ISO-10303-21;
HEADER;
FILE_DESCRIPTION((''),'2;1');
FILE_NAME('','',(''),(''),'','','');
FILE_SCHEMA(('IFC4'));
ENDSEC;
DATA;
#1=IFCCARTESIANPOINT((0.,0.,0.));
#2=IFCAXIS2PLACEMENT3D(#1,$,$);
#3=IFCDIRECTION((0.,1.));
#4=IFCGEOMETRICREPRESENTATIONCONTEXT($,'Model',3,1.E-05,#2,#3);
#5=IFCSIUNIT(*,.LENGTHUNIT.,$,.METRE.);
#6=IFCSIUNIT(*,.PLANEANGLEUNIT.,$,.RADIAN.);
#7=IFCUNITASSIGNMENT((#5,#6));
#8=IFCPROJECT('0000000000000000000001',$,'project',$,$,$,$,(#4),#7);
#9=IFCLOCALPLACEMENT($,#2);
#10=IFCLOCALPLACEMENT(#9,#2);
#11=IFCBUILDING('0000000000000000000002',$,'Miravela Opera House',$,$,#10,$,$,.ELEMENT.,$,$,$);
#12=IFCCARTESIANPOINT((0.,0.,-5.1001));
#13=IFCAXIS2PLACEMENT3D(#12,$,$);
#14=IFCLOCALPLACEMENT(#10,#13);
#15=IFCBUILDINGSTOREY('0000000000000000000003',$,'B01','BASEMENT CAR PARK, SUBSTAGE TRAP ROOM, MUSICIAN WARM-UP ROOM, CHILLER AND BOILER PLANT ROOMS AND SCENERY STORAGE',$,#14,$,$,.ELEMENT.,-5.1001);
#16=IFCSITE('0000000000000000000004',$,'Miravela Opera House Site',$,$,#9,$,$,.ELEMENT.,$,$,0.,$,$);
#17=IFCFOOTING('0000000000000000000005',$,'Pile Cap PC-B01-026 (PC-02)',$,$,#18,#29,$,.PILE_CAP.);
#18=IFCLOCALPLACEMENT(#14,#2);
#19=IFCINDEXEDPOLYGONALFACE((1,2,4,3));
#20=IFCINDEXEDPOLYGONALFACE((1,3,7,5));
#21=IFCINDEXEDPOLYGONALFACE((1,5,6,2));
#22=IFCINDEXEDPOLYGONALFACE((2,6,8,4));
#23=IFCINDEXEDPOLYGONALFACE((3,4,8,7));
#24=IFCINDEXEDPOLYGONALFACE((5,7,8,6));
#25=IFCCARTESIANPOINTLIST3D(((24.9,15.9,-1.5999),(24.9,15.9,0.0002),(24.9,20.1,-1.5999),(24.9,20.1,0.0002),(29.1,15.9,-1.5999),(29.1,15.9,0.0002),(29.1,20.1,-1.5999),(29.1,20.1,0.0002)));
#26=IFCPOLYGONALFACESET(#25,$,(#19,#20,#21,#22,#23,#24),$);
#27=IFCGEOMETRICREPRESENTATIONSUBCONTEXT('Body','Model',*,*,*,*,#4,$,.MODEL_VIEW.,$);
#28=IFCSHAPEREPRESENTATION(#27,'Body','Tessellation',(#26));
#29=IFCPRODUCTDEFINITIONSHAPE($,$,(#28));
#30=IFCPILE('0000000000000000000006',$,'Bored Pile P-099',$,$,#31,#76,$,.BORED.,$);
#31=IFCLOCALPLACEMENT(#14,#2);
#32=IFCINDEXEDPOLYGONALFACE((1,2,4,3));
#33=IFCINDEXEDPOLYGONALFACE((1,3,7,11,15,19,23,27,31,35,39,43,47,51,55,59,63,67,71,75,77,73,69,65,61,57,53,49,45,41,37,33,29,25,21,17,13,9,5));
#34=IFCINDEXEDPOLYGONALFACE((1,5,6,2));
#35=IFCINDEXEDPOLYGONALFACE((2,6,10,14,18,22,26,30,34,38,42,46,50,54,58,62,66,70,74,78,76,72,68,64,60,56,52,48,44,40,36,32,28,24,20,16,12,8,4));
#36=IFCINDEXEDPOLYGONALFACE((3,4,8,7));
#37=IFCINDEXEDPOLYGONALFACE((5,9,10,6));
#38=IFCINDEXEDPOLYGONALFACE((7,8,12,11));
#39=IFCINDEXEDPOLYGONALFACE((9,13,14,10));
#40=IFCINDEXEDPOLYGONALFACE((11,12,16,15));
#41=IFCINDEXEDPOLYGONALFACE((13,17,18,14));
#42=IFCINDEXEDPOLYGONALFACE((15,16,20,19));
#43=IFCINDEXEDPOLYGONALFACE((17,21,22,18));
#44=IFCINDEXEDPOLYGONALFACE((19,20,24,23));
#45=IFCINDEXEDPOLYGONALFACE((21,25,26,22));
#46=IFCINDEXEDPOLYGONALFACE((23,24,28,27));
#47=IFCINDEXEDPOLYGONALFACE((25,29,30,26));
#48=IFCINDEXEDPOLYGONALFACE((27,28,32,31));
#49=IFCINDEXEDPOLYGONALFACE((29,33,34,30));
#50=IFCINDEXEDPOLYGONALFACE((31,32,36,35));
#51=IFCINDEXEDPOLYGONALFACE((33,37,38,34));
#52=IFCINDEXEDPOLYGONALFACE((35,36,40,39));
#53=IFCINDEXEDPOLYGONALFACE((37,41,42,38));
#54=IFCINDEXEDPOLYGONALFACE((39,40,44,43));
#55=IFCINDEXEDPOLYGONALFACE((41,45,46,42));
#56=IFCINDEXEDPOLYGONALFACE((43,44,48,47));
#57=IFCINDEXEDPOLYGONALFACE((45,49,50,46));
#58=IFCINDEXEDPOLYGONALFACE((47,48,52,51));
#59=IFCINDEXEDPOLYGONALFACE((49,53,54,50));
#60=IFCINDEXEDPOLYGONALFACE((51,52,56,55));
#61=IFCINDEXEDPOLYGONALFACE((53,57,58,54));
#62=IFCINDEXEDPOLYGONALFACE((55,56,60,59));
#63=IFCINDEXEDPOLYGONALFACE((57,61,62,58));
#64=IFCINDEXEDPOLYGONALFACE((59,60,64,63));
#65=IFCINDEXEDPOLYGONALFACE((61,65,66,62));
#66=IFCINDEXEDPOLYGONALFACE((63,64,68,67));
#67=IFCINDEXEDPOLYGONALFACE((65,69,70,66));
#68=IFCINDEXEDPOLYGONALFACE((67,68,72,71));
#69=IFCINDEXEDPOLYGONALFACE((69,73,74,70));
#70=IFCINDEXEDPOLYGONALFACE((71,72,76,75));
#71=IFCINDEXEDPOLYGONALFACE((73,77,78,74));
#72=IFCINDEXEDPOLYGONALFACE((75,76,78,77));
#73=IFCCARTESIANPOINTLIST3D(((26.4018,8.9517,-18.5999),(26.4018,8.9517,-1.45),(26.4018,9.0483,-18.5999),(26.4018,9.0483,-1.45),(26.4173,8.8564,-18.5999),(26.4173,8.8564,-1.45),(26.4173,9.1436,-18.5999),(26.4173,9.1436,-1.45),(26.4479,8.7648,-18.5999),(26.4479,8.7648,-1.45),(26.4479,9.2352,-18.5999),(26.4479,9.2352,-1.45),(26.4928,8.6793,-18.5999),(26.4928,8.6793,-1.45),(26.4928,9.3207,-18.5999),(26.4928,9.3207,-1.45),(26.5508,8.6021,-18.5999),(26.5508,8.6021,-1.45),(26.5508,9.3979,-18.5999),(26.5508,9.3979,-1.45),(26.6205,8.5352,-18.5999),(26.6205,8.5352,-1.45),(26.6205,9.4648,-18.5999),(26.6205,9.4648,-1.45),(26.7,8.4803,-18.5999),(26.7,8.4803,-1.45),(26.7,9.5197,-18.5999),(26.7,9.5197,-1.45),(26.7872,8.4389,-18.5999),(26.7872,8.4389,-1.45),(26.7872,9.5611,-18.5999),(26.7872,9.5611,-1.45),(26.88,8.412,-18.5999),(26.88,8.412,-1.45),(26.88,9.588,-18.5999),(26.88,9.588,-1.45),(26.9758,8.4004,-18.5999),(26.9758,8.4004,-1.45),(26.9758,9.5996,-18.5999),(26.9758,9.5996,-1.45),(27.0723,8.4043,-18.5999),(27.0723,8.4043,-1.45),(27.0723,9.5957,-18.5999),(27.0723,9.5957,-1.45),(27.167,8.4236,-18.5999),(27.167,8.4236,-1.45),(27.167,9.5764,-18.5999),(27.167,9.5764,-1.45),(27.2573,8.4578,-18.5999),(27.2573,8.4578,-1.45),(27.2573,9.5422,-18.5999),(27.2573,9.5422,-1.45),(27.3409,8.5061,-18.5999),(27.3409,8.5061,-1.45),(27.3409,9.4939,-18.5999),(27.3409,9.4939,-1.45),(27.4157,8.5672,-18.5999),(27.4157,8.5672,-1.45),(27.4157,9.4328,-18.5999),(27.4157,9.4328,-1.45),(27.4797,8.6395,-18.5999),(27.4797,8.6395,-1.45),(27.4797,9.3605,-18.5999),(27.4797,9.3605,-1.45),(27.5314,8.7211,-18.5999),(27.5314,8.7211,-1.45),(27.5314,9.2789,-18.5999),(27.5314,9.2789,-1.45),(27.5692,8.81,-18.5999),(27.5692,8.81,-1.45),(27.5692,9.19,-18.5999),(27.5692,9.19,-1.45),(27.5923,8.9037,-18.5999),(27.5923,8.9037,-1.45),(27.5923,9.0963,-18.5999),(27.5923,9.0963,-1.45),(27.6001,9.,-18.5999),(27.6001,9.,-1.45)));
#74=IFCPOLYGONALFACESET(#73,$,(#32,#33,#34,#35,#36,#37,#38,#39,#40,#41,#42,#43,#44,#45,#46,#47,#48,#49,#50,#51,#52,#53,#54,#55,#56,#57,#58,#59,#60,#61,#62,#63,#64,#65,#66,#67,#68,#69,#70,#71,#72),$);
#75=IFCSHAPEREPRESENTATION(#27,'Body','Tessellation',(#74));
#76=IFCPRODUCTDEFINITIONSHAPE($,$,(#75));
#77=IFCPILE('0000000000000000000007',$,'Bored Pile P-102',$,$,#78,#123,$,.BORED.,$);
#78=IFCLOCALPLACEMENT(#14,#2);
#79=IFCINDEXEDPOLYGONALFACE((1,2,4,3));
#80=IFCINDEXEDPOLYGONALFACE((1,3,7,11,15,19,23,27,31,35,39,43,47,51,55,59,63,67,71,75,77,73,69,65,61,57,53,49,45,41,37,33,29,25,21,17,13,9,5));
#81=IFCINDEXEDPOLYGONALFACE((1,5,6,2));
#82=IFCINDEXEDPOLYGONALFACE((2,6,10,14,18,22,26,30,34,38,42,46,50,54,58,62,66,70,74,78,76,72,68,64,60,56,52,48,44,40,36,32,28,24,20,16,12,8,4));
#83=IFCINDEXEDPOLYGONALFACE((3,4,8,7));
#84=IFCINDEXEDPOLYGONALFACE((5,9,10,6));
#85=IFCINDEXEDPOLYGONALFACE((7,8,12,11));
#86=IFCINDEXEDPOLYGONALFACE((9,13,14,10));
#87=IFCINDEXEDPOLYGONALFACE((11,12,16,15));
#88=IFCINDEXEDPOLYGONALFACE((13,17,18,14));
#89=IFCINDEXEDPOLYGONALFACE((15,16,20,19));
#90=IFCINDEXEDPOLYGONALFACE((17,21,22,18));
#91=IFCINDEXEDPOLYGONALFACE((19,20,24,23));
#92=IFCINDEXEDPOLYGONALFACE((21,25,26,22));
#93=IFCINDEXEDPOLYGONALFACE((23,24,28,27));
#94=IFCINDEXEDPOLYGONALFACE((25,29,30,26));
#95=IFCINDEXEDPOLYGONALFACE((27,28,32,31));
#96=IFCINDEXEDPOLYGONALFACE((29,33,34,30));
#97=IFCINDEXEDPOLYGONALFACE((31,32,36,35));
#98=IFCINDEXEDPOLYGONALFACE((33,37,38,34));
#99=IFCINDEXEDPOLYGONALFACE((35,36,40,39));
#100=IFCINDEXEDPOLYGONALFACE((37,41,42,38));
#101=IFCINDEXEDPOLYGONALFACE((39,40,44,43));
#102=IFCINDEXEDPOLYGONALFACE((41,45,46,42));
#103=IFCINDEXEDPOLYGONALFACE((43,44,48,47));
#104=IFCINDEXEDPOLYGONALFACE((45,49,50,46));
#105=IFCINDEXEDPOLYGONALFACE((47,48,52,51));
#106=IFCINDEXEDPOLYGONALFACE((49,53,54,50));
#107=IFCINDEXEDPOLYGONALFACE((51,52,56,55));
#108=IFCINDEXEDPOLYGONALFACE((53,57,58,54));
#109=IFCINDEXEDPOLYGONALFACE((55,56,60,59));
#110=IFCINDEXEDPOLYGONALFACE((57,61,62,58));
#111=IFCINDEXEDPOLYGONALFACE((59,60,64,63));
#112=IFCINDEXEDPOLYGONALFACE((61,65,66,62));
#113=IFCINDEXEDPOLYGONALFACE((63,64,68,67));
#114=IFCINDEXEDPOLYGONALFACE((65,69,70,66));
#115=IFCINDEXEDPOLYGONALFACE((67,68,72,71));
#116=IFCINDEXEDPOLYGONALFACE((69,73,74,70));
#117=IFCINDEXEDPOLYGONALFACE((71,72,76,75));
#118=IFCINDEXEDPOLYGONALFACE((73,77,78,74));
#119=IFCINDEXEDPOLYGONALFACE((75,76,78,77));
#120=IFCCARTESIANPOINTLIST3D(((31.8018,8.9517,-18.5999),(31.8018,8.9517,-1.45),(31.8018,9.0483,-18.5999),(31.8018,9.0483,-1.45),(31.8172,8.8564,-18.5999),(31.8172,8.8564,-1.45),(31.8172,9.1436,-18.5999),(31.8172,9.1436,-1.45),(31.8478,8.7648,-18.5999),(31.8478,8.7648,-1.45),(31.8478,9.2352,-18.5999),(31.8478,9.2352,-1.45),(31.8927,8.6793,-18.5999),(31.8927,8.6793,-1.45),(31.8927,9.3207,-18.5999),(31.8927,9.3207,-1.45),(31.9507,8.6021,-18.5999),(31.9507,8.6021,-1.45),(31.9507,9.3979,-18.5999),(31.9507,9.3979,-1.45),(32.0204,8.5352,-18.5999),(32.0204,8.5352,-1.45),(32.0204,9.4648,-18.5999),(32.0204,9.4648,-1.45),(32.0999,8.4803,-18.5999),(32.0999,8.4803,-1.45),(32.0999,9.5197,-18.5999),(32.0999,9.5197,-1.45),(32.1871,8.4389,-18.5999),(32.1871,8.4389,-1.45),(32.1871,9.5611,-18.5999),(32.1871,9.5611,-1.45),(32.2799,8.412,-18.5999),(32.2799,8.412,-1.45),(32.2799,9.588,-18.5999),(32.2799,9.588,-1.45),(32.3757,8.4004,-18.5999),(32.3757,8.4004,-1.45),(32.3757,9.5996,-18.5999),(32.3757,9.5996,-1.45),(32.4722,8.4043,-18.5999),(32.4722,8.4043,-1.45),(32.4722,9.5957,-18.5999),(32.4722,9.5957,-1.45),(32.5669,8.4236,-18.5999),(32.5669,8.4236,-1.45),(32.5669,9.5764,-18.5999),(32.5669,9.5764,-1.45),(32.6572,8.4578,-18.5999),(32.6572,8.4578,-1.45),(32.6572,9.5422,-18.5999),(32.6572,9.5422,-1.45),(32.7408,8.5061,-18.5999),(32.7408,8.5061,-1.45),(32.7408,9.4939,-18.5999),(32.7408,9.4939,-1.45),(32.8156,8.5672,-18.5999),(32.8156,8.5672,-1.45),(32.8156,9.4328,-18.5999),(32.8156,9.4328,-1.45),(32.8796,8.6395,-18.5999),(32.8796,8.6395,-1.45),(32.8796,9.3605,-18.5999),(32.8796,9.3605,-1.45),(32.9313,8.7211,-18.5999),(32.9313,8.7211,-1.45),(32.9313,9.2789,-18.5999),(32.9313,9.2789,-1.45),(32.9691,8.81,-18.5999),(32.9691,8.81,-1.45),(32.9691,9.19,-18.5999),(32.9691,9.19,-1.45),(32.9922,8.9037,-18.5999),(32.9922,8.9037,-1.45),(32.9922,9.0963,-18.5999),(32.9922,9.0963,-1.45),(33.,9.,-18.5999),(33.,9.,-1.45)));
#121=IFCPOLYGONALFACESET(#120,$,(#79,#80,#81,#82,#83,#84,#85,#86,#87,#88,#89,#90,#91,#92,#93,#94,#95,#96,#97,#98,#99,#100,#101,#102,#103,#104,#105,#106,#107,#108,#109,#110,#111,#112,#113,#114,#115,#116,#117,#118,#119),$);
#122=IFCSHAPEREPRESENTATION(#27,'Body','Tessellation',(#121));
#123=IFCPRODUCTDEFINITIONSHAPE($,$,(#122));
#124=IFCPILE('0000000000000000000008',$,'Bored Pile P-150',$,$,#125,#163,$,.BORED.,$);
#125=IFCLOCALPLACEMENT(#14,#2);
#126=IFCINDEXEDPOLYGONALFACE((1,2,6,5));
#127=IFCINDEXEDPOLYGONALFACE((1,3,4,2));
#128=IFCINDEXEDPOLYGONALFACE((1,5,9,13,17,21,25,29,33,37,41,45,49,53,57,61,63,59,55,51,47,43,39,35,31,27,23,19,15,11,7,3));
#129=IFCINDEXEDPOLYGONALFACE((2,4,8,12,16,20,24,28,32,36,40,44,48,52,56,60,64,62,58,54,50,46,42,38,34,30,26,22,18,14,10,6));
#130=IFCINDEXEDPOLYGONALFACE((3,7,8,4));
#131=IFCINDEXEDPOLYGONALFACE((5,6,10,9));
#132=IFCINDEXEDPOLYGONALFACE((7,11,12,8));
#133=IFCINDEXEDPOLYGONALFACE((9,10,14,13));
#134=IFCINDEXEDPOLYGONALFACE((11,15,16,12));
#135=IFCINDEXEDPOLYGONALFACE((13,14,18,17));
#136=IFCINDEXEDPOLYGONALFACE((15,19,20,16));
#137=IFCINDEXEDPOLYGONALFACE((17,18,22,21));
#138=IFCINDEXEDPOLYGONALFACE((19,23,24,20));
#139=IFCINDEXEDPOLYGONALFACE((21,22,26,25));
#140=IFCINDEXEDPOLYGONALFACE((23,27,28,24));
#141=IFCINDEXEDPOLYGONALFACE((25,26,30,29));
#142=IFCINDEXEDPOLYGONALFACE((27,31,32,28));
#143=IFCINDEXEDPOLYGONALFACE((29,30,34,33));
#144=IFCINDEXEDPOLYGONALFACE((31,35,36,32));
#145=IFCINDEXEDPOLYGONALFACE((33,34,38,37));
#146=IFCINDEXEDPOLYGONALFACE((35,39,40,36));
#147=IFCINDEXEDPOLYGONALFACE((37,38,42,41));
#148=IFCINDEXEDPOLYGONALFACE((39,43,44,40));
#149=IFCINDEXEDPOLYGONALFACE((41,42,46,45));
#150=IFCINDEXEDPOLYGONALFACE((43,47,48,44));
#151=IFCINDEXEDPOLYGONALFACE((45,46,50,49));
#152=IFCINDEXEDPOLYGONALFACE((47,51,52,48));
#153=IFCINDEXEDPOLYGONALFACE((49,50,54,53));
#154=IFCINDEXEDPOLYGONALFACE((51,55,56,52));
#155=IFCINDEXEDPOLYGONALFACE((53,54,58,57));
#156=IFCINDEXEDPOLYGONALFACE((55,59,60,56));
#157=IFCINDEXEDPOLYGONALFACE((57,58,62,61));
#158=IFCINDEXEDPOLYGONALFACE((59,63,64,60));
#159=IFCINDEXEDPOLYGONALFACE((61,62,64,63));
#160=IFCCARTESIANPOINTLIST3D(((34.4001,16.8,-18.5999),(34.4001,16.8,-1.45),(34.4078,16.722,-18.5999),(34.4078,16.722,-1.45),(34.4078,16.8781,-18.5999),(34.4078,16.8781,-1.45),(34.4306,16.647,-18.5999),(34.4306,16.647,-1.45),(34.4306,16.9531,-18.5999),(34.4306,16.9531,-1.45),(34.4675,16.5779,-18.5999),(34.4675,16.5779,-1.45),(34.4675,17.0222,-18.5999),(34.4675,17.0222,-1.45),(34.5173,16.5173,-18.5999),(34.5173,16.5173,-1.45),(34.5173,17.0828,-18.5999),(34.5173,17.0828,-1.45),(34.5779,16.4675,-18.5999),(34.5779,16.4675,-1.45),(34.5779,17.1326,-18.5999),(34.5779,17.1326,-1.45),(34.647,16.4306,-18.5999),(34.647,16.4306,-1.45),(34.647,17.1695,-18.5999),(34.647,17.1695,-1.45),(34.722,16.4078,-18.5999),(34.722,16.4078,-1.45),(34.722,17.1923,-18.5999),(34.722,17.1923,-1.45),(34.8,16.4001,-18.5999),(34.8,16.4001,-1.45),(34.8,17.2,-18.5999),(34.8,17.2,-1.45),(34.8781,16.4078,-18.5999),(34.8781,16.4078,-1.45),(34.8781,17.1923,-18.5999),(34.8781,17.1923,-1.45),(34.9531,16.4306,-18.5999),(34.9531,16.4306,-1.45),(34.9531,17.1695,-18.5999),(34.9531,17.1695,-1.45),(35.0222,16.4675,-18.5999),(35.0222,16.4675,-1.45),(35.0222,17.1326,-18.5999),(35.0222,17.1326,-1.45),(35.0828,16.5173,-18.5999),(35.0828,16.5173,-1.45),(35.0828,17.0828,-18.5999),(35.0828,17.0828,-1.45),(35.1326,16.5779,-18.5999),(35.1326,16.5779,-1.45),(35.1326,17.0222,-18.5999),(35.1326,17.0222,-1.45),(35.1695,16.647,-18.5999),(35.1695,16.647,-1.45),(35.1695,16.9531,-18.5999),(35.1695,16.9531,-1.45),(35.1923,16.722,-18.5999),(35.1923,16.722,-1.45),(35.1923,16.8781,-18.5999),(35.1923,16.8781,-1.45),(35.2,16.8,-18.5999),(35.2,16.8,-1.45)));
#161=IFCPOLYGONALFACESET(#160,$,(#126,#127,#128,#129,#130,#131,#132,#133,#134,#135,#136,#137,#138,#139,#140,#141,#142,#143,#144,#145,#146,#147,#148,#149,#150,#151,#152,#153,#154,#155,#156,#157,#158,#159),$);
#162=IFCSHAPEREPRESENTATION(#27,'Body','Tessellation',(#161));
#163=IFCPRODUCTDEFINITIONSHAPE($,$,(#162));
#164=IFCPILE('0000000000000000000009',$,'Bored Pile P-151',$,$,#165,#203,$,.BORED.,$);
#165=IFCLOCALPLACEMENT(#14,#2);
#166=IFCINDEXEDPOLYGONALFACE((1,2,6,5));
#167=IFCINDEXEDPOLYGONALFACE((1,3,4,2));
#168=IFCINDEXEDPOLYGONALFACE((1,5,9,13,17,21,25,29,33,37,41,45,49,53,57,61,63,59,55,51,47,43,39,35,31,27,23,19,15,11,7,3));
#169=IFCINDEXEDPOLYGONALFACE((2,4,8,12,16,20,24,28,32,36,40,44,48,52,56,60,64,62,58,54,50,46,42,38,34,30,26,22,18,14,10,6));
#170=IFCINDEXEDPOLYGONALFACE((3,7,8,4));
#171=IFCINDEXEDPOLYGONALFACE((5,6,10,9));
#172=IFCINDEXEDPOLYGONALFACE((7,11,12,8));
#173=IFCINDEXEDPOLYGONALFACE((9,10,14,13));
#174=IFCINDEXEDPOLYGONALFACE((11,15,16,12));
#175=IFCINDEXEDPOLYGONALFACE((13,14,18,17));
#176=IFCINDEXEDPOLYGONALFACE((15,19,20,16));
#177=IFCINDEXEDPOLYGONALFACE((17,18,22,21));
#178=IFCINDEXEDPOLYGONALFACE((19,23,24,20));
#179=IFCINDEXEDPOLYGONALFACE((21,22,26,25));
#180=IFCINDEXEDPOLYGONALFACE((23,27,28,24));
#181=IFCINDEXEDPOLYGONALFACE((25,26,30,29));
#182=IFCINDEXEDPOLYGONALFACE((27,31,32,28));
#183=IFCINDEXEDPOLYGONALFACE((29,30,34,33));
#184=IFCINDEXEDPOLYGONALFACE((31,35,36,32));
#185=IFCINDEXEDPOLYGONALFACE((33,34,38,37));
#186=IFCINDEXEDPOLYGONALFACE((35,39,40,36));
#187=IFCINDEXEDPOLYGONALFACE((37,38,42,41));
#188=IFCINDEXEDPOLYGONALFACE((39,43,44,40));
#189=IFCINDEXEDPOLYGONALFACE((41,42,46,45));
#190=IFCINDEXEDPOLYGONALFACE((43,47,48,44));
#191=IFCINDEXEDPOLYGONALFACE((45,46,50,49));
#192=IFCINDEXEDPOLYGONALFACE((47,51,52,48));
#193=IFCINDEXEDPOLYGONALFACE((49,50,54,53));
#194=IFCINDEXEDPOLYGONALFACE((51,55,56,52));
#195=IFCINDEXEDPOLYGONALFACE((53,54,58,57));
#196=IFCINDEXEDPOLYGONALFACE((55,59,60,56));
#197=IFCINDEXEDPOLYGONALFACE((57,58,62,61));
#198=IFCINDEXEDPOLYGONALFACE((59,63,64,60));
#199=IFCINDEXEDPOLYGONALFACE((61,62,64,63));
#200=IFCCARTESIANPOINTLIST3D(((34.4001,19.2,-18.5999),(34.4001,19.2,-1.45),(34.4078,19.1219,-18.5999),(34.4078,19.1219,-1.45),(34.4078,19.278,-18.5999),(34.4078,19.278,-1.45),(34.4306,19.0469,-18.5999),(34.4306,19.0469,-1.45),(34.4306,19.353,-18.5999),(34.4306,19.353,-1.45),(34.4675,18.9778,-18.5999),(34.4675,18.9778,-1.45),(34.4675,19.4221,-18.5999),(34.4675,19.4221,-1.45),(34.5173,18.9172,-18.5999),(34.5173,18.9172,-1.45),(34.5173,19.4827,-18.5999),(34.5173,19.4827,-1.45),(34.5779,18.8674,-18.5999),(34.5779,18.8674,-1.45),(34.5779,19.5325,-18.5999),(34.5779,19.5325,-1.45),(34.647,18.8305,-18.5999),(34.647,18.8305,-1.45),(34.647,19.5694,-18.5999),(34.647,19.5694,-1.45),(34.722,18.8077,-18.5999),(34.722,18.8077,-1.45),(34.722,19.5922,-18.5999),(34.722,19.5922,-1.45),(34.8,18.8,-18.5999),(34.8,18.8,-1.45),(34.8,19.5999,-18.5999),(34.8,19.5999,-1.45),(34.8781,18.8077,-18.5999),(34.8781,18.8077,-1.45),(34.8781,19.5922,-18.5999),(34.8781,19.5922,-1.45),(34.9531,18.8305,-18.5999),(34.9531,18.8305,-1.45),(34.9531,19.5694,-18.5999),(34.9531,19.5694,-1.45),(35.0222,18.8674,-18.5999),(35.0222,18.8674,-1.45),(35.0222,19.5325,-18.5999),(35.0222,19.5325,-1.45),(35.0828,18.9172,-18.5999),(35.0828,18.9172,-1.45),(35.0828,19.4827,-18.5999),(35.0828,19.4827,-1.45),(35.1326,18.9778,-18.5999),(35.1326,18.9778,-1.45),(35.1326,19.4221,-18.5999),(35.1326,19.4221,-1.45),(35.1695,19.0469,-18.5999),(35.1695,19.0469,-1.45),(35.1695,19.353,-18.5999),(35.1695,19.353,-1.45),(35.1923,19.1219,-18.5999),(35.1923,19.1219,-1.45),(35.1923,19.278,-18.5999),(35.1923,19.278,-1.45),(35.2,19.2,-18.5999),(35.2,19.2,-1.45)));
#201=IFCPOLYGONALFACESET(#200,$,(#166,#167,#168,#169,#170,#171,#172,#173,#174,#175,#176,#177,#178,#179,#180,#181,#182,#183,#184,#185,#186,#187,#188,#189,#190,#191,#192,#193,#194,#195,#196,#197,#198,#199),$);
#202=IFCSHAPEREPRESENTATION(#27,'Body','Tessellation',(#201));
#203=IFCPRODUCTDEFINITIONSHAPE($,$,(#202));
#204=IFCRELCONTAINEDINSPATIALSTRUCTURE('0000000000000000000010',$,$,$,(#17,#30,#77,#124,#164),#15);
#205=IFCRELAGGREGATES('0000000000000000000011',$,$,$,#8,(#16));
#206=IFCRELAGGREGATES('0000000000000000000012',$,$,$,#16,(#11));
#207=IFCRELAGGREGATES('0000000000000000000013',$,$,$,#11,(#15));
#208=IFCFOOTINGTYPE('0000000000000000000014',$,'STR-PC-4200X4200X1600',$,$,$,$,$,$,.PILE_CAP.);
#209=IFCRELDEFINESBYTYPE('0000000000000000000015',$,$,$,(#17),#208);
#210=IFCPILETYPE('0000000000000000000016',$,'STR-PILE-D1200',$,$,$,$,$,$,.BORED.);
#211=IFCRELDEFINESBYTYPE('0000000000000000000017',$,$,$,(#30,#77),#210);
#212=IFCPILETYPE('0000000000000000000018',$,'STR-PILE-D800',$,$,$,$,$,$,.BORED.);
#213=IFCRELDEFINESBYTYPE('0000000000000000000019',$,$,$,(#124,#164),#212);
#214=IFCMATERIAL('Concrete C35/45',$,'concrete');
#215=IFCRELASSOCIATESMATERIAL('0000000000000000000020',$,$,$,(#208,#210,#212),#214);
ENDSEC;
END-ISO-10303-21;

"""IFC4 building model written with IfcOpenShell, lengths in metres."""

from ifc_helpers import new_model, si_unit, direction, frame, origin, origin_2d, place, context, subcontext, project, spatial, rectangle, circle, extrude, material, material_profile, profile_set, type_object, element, save


model = new_model("IFC4")

# Units and contexts
model_context = context("Model", 3, precision=1e-05, world=origin(), true_north=direction((0.0, 1.0)))
body_context = subcontext(model_context, "Body", "Model", "MODEL_VIEW")
ifc_project = project(units=[si_unit("LENGTHUNIT", "METRE"), si_unit("PLANEANGLEUNIT", "RADIAN")], contexts=[model_context])

# Site, building, storey
site_placement = place(None, origin())
site = spatial("IfcSite", under=ifc_project, at=site_placement, Name="Miravela Opera House Site", CompositionType="ELEMENT", RefElevation=0.0)
building_placement = place(site_placement, origin())
building = spatial("IfcBuilding", under=site, at=building_placement, Name="Miravela Opera House", CompositionType="ELEMENT")
storey_placement = place(building_placement, frame((0.0, 0.0, -5.1001)))
storey = spatial("IfcBuildingStorey", under=building, at=storey_placement, Name="B01", Description="BASEMENT CAR PARK, SUBSTAGE TRAP ROOM, MUSICIAN WARM-UP ROOM, CHILLER AND BOILER PLANT ROOMS AND SCENERY STORAGE", CompositionType="ELEMENT", Elevation=-5.1001)

# Footing
ifc_material_1 = material(Name="Concrete C35/45", Category="concrete")
footing_type = type_object("IfcFootingType", Name="STR-PC-4200X4200X1600", PredefinedType="PILE_CAP", material=ifc_material_1)
footing_placement = place(storey_placement, frame((27.0, 18.0, -1.5999), z_axis=(0.0, 0.0, 1.0), x_axis=(1.0, 0.0, 0.0)))
element("IfcFooting", 1, at=footing_placement, inside=storey, type_object=footing_type, Name="Pile Cap PC-B01-026 (PC-02)", PredefinedType="PILE_CAP", context=body_context, shape_type="SweptSolid", body=[
    extrude(rectangle(XDim=4.2, YDim=4.2, at=origin_2d()), origin(), (0.0, 0.0, 1.0), 1.6001),
])

# Piles
ifc_material_profile_1 = material_profile(ifc_material_1, circle(Radius=0.6001, at=origin_2d()), Name="PILE-D1200")
ifc_profile_set_1 = profile_set([ifc_material_profile_1])
pile_type_1 = type_object("IfcPileType", Name="STR-PILE-D1200", PredefinedType="BORED", material=ifc_profile_set_1)
for number, where, z_axis, x_axis, name in (
    (2, (27.0, 9.0, -1.45), (0.0, 0.0, -1.0), (1.0, 0.0, 0.0), "Bored Pile P-099"),
    (3, (32.3999, 9.0, -1.45), (0.0, 0.0, -1.0), (1.0, 0.0, 0.0), "Bored Pile P-102"),
):
    element("IfcPile", number, at=place(storey_placement, frame(where, z_axis=z_axis, x_axis=x_axis)), inside=storey, type_object=pile_type_1, Name=name, PredefinedType="BORED", context=body_context, shape_type="SweptSolid", body=[
        extrude(circle(Radius=0.6001, at=origin_2d()), origin(), (0.0, 0.0, 1.0), 17.1499),
    ])
ifc_material_profile_2 = material_profile(ifc_material_1, circle(Radius=0.3999, at=origin_2d()), Name="PILE-D800")
ifc_profile_set_2 = profile_set([ifc_material_profile_2])
pile_type_2 = type_object("IfcPileType", Name="STR-PILE-D800", PredefinedType="BORED", material=ifc_profile_set_2)
for number, where, z_axis, x_axis, name in (
    (4, (34.8, 16.8, -1.45), (0.0, 0.0, -1.0), (1.0, 0.0, 0.0), "Bored Pile P-150"),
    (5, (34.8, 19.2, -1.45), (0.0, 0.0, -1.0), (1.0, 0.0, 0.0), "Bored Pile P-151"),
):
    element("IfcPile", number, at=place(storey_placement, frame(where, z_axis=z_axis, x_axis=x_axis)), inside=storey, type_object=pile_type_2, Name=name, PredefinedType="BORED", context=body_context, shape_type="SweptSolid", body=[
        extrude(circle(Radius=0.3999, at=origin_2d()), origin(), (0.0, 0.0, 1.0), 17.1499),
    ])

save(model, "model.ifc")
